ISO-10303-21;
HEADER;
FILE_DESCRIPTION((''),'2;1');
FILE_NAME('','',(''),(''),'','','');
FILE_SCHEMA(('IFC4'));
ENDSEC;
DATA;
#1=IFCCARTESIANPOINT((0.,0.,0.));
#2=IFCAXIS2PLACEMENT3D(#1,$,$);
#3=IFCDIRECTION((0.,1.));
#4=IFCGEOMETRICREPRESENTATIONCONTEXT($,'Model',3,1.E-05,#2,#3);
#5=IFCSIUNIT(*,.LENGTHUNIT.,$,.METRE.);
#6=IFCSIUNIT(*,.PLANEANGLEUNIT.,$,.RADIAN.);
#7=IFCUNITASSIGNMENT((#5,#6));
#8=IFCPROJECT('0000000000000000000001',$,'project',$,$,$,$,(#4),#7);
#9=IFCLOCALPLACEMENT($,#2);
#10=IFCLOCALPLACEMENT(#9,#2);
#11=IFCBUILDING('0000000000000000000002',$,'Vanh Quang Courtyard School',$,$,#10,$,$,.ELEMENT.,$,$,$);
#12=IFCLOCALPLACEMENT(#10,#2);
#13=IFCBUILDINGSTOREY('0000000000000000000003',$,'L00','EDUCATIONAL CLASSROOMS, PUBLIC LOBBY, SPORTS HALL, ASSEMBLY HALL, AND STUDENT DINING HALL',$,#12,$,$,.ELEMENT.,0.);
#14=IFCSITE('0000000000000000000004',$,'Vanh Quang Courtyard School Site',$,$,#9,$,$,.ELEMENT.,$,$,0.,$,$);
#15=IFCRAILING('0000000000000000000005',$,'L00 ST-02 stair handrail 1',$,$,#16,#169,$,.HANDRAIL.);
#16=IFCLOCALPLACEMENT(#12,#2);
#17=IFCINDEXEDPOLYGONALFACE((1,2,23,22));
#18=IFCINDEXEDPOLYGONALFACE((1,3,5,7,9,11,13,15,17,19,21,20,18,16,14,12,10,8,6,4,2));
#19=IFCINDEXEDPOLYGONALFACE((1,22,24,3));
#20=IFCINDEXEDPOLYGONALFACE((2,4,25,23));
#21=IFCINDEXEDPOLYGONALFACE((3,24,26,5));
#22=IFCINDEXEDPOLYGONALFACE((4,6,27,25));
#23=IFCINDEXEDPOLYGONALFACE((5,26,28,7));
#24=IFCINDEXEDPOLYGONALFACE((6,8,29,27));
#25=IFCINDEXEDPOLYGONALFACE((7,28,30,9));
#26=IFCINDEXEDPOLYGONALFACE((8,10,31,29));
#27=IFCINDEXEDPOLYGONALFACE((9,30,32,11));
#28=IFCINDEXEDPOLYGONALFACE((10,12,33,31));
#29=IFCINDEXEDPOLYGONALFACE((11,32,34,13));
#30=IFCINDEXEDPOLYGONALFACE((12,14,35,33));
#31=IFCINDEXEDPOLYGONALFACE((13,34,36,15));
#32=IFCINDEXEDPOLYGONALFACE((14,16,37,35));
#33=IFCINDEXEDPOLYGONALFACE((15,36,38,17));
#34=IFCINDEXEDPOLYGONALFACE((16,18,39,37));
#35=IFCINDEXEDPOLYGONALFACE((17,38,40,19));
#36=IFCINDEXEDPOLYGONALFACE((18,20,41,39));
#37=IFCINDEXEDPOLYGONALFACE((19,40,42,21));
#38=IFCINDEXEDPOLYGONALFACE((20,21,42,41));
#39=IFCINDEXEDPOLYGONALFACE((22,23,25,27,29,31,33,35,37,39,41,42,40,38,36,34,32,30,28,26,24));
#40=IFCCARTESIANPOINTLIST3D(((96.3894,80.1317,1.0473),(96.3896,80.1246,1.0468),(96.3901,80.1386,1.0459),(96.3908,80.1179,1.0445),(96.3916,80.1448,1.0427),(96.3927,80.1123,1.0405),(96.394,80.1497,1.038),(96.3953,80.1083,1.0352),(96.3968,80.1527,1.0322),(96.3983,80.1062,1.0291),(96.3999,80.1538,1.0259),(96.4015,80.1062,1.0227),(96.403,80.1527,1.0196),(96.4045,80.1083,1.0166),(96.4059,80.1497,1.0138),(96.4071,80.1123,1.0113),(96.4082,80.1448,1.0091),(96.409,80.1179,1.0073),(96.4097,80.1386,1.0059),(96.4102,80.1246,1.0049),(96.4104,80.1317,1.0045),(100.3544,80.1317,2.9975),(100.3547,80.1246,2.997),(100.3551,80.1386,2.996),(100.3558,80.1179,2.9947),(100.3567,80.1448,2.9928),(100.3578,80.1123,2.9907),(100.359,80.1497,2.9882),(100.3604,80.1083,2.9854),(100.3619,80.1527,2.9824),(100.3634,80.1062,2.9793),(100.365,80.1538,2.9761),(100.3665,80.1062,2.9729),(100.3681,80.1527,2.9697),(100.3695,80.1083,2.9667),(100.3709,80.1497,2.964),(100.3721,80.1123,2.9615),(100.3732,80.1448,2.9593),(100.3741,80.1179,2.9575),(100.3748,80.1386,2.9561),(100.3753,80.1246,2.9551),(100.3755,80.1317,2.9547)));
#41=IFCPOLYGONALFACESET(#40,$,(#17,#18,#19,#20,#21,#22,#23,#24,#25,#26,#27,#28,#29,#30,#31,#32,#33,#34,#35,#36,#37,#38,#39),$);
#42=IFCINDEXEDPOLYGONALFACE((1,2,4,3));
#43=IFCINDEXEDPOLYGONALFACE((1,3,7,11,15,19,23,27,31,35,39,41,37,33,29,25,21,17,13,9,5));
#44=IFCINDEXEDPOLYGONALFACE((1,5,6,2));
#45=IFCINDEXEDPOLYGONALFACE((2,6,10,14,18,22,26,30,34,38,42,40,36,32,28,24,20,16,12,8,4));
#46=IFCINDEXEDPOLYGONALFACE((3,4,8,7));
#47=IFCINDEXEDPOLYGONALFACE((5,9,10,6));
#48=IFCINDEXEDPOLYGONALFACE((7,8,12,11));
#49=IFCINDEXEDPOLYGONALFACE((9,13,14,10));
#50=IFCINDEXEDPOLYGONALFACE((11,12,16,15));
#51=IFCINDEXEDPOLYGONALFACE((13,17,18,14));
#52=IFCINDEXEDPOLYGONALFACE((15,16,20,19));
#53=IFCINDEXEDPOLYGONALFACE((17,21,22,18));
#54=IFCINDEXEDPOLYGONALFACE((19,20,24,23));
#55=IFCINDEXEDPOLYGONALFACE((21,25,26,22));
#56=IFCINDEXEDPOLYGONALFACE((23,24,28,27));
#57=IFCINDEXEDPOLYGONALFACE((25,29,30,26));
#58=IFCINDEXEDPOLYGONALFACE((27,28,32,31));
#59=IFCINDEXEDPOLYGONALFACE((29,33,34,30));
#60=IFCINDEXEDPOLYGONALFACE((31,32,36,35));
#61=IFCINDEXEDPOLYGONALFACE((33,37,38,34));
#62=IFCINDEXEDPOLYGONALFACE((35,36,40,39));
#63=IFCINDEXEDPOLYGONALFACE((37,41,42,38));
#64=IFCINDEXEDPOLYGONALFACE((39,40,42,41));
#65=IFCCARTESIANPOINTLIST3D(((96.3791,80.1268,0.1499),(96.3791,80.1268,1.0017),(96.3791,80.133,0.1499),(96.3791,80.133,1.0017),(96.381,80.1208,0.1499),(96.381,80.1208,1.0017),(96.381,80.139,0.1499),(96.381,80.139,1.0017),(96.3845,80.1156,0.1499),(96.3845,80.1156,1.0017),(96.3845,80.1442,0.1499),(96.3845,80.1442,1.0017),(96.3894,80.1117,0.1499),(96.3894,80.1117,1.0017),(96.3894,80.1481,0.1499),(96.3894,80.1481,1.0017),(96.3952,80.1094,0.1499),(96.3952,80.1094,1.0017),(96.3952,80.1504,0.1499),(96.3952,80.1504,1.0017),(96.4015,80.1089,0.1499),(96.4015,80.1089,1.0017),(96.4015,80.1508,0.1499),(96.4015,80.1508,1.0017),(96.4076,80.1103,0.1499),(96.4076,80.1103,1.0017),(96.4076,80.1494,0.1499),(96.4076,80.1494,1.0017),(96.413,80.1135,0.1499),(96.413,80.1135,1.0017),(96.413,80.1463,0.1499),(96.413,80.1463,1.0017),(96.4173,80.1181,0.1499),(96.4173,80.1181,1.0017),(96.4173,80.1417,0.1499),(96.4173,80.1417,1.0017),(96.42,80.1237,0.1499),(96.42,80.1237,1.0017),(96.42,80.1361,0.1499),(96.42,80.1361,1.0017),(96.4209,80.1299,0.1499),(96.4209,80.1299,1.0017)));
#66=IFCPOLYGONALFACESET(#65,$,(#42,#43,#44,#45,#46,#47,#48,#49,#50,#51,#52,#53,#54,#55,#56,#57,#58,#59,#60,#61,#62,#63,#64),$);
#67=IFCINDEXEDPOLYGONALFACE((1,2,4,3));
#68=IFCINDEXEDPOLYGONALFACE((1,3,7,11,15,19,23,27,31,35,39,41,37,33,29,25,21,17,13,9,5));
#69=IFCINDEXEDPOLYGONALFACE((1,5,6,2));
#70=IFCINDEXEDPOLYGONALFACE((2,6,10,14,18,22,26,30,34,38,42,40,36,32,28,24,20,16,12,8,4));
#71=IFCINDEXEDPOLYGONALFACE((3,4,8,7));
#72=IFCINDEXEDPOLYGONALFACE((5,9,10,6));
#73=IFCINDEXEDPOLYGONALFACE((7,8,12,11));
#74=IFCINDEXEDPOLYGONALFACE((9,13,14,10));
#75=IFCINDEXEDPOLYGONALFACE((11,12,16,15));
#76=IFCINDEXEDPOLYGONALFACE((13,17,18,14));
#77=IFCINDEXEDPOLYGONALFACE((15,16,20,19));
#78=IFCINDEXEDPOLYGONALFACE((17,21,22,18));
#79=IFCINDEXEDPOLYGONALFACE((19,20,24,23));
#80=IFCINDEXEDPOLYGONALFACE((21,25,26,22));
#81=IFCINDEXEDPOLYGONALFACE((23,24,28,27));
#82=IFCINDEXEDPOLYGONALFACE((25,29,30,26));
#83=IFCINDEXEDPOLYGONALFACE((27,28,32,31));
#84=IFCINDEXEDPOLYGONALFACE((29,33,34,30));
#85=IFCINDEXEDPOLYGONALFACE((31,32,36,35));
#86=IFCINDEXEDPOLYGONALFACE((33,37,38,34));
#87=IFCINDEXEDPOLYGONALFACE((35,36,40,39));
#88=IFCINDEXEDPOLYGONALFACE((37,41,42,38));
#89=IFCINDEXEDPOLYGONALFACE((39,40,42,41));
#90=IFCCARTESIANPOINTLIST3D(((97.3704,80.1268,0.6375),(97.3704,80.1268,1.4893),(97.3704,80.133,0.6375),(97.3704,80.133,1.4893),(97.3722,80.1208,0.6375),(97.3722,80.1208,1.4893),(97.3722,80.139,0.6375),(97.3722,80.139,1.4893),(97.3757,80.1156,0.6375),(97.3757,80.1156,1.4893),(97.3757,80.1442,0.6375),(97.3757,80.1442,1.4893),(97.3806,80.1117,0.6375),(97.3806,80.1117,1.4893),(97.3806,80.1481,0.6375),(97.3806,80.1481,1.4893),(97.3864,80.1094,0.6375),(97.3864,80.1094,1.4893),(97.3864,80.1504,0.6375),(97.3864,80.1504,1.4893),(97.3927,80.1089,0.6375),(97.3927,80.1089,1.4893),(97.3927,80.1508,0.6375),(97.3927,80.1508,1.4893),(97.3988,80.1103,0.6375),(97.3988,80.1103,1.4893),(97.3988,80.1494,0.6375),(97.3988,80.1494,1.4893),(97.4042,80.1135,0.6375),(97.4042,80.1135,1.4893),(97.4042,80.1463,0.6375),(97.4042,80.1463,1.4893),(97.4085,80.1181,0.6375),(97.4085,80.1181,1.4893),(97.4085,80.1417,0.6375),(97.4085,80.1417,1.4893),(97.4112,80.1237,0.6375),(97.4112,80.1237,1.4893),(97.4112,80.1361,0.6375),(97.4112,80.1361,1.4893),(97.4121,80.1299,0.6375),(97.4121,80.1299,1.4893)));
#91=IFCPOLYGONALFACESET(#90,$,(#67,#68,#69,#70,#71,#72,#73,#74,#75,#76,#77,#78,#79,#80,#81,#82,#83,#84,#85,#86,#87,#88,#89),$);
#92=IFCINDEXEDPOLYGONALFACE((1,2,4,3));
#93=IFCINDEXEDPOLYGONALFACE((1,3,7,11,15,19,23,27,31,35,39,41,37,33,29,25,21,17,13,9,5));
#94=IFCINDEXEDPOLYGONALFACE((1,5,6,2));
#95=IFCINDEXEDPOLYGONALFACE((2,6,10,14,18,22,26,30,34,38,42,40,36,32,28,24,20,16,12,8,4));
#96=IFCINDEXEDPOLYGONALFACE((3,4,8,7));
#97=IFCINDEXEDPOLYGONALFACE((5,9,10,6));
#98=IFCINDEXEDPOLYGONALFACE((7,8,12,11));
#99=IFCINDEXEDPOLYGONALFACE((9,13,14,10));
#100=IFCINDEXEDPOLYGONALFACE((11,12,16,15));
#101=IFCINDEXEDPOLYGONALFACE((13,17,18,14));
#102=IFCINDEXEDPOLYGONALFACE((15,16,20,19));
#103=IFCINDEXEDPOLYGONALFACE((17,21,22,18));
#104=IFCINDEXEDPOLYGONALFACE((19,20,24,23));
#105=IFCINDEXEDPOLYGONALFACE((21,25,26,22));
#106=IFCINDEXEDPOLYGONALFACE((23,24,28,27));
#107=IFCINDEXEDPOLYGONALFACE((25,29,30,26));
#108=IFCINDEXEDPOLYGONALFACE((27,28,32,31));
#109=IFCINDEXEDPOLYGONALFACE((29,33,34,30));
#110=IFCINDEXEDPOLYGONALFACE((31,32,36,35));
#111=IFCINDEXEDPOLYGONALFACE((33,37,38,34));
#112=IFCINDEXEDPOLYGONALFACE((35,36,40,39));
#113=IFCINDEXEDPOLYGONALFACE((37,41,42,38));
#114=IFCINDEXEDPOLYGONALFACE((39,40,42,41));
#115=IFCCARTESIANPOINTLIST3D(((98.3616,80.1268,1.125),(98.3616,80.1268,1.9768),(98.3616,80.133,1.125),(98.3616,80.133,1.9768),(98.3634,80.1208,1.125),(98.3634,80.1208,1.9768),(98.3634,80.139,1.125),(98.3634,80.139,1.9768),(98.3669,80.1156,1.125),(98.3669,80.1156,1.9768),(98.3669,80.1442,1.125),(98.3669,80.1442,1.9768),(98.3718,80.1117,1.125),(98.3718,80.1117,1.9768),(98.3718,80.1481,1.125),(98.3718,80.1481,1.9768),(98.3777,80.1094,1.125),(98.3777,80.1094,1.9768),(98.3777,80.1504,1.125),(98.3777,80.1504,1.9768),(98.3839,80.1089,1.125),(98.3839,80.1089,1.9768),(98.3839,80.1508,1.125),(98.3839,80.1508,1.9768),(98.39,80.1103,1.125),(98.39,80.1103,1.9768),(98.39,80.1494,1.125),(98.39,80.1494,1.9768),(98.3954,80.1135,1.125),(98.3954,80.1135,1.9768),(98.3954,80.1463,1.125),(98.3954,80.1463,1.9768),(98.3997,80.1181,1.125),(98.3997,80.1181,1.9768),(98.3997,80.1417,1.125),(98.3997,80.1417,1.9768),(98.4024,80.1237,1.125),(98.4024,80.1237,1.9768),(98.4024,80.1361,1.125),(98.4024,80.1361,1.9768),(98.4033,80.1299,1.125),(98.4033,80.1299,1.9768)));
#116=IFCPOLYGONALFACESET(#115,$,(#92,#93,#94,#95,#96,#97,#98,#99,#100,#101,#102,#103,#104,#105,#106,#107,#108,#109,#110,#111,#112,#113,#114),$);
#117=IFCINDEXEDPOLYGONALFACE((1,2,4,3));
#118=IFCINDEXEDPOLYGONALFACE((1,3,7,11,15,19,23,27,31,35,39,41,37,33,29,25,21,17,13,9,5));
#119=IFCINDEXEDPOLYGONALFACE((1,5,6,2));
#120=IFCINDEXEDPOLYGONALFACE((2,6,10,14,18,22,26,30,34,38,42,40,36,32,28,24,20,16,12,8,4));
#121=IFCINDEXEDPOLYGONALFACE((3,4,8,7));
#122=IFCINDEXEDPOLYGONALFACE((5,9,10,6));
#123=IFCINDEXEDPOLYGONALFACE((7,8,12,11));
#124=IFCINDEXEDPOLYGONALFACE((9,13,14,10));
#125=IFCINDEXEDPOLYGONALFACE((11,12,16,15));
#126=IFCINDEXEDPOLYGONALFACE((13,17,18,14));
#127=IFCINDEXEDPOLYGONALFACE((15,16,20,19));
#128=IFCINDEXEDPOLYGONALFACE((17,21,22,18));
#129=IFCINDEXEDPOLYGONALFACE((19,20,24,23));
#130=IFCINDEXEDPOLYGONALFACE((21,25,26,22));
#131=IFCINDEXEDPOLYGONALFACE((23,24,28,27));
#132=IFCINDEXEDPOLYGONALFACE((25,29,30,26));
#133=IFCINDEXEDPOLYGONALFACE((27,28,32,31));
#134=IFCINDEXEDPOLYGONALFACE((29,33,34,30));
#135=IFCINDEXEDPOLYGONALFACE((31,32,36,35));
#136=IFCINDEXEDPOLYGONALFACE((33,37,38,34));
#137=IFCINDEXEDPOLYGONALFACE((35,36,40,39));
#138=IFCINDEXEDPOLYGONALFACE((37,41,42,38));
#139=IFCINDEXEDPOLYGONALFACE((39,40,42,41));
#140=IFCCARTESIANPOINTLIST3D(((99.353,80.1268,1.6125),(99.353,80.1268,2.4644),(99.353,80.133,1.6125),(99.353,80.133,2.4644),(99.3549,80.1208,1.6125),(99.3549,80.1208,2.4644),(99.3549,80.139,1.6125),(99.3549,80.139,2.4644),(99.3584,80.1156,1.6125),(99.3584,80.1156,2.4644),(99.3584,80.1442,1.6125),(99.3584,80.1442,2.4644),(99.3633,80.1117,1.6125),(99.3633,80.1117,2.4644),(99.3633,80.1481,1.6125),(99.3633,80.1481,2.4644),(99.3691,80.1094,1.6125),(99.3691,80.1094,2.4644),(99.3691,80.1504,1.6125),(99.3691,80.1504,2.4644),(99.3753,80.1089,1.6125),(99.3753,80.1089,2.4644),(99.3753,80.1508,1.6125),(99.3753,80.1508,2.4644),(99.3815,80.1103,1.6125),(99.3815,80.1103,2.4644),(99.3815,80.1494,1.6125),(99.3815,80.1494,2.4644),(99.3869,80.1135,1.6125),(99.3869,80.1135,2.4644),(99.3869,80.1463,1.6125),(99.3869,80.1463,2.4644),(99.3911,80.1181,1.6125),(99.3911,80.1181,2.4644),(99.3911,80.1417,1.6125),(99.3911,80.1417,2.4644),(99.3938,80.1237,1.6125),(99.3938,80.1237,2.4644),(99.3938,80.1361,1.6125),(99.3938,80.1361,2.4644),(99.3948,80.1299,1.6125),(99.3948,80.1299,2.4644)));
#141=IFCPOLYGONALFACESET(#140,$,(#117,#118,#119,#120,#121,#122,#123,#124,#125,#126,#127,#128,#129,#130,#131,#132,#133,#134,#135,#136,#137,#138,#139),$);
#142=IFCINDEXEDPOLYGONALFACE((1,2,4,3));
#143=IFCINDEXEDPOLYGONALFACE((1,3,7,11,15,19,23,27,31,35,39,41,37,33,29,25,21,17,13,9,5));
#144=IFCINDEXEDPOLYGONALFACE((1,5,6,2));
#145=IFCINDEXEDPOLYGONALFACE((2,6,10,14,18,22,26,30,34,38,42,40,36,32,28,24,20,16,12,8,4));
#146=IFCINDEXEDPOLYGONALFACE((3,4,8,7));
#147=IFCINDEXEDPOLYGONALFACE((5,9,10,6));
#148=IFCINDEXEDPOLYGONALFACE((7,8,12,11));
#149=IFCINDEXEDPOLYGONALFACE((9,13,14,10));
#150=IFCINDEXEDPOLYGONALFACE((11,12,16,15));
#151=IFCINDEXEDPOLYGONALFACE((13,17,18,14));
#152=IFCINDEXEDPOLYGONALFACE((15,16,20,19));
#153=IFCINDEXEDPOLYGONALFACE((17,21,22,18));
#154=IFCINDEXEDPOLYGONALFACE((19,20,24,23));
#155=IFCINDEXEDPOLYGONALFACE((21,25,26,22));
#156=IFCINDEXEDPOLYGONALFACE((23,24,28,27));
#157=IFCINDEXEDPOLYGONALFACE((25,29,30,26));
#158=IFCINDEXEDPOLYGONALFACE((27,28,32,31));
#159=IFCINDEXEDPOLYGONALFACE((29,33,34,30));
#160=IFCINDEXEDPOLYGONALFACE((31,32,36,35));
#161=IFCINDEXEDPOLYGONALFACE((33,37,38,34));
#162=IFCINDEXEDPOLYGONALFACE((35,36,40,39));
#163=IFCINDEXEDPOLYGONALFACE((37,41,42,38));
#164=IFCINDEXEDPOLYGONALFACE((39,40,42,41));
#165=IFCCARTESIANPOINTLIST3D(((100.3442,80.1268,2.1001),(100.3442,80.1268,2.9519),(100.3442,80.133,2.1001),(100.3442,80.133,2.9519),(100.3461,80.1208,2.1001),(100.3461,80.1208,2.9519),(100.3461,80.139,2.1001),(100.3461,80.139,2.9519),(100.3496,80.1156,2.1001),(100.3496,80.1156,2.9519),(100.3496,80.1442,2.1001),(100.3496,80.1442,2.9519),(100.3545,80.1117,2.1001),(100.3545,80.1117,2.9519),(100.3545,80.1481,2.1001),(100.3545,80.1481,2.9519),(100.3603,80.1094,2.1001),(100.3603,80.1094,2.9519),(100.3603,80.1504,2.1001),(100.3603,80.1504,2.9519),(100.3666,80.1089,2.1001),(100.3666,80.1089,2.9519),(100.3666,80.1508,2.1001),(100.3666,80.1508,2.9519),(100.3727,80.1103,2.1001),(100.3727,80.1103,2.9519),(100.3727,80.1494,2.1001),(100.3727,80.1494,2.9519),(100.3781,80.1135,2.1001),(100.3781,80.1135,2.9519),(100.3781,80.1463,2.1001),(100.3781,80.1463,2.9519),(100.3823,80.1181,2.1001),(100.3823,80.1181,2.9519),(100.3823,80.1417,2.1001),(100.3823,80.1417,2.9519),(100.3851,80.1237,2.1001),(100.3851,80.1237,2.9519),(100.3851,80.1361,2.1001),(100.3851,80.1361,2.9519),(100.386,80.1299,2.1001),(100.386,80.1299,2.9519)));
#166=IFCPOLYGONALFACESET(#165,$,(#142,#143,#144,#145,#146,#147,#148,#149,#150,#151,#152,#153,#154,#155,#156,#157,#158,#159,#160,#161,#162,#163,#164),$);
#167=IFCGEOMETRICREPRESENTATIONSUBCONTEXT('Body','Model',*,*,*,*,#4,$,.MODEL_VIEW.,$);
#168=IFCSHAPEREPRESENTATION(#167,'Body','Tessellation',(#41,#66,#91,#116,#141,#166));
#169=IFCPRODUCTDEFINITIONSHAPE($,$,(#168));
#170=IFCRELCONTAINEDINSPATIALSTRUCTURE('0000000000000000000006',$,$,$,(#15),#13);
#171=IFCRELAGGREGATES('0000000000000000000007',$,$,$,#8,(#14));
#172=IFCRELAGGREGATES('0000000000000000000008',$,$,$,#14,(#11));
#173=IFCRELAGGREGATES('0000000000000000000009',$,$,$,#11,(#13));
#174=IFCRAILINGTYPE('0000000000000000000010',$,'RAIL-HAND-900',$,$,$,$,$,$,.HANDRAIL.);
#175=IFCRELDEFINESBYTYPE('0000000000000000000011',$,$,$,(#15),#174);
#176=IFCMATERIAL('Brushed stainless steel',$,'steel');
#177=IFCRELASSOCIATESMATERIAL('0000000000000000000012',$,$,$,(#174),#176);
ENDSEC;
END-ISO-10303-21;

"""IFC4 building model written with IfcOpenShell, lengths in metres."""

from ifc_helpers import new_model, si_unit, direction, frame, origin, origin_2d, place, context, subcontext, project, spatial, circle, extrude, material, type_object, element, save


model = new_model("IFC4")

# Units and contexts
model_context = context("Model", 3, precision=1e-05, world=origin(), true_north=direction((0.0, 1.0)))
body_context = subcontext(model_context, "Body", "Model", "MODEL_VIEW")
ifc_project = project(units=[si_unit("LENGTHUNIT", "METRE"), si_unit("PLANEANGLEUNIT", "RADIAN")], contexts=[model_context])

# Site, building, storey
site_placement = place(None, origin())
site = spatial("IfcSite", under=ifc_project, at=site_placement, Name="Vanh Quang Courtyard School Site", CompositionType="ELEMENT", RefElevation=0.0)
building_placement = place(site_placement, origin())
building = spatial("IfcBuilding", under=site, at=building_placement, Name="Vanh Quang Courtyard School", CompositionType="ELEMENT")
storey_placement = place(building_placement, origin())
storey = spatial("IfcBuildingStorey", under=building, at=storey_placement, Name="L00", Description="EDUCATIONAL CLASSROOMS, PUBLIC LOBBY, SPORTS HALL, ASSEMBLY HALL, AND STUDENT DINING HALL", CompositionType="ELEMENT", Elevation=0.0)

# Railing
ifc_material_1 = material(Name="Brushed stainless steel", Category="steel")
railing_type_1 = type_object("IfcRailingType", Name="RAIL-HAND-900", PredefinedType="HANDRAIL", material=ifc_material_1)
railing_1_placement = place(storey_placement, frame((96.3999, 80.1299, 0.1499)))
element("IfcRailing", 1, at=railing_1_placement, inside=storey, type_object=railing_type_1, Name="L00 ST-02 stair handrail 1", PredefinedType="HANDRAIL", context=body_context, shape_type="SweptSolid", body=[
    extrude(circle(Radius=0.0239, at=origin_2d()), frame((0.0, 0.0, 0.876), z_axis=(0.897336, 0.0, 0.441347), x_axis=(0.0, 1.0, 0.0)), (0.0, 0.0, 1.0), 4.4187),
    extrude(circle(Radius=0.021, at=origin_2d()), origin(), (0.0, 0.0, 1.0), 0.8518),
    extrude(circle(Radius=0.021, at=origin_2d()), frame((0.9912, 0.0, 0.4875)), (0.0, 0.0, 1.0), 0.8518),
    extrude(circle(Radius=0.021, at=origin_2d()), frame((1.9824, 0.0, 0.9751)), (0.0, 0.0, 1.0), 0.8518),
    extrude(circle(Radius=0.021, at=origin_2d()), frame((2.9739, 0.0, 1.4626)), (0.0, 0.0, 1.0), 0.8518),
    extrude(circle(Radius=0.021, at=origin_2d()), frame((3.9651, 0.0, 1.9502)), (0.0, 0.0, 1.0), 0.8518),
])

save(model, "model.ifc")
